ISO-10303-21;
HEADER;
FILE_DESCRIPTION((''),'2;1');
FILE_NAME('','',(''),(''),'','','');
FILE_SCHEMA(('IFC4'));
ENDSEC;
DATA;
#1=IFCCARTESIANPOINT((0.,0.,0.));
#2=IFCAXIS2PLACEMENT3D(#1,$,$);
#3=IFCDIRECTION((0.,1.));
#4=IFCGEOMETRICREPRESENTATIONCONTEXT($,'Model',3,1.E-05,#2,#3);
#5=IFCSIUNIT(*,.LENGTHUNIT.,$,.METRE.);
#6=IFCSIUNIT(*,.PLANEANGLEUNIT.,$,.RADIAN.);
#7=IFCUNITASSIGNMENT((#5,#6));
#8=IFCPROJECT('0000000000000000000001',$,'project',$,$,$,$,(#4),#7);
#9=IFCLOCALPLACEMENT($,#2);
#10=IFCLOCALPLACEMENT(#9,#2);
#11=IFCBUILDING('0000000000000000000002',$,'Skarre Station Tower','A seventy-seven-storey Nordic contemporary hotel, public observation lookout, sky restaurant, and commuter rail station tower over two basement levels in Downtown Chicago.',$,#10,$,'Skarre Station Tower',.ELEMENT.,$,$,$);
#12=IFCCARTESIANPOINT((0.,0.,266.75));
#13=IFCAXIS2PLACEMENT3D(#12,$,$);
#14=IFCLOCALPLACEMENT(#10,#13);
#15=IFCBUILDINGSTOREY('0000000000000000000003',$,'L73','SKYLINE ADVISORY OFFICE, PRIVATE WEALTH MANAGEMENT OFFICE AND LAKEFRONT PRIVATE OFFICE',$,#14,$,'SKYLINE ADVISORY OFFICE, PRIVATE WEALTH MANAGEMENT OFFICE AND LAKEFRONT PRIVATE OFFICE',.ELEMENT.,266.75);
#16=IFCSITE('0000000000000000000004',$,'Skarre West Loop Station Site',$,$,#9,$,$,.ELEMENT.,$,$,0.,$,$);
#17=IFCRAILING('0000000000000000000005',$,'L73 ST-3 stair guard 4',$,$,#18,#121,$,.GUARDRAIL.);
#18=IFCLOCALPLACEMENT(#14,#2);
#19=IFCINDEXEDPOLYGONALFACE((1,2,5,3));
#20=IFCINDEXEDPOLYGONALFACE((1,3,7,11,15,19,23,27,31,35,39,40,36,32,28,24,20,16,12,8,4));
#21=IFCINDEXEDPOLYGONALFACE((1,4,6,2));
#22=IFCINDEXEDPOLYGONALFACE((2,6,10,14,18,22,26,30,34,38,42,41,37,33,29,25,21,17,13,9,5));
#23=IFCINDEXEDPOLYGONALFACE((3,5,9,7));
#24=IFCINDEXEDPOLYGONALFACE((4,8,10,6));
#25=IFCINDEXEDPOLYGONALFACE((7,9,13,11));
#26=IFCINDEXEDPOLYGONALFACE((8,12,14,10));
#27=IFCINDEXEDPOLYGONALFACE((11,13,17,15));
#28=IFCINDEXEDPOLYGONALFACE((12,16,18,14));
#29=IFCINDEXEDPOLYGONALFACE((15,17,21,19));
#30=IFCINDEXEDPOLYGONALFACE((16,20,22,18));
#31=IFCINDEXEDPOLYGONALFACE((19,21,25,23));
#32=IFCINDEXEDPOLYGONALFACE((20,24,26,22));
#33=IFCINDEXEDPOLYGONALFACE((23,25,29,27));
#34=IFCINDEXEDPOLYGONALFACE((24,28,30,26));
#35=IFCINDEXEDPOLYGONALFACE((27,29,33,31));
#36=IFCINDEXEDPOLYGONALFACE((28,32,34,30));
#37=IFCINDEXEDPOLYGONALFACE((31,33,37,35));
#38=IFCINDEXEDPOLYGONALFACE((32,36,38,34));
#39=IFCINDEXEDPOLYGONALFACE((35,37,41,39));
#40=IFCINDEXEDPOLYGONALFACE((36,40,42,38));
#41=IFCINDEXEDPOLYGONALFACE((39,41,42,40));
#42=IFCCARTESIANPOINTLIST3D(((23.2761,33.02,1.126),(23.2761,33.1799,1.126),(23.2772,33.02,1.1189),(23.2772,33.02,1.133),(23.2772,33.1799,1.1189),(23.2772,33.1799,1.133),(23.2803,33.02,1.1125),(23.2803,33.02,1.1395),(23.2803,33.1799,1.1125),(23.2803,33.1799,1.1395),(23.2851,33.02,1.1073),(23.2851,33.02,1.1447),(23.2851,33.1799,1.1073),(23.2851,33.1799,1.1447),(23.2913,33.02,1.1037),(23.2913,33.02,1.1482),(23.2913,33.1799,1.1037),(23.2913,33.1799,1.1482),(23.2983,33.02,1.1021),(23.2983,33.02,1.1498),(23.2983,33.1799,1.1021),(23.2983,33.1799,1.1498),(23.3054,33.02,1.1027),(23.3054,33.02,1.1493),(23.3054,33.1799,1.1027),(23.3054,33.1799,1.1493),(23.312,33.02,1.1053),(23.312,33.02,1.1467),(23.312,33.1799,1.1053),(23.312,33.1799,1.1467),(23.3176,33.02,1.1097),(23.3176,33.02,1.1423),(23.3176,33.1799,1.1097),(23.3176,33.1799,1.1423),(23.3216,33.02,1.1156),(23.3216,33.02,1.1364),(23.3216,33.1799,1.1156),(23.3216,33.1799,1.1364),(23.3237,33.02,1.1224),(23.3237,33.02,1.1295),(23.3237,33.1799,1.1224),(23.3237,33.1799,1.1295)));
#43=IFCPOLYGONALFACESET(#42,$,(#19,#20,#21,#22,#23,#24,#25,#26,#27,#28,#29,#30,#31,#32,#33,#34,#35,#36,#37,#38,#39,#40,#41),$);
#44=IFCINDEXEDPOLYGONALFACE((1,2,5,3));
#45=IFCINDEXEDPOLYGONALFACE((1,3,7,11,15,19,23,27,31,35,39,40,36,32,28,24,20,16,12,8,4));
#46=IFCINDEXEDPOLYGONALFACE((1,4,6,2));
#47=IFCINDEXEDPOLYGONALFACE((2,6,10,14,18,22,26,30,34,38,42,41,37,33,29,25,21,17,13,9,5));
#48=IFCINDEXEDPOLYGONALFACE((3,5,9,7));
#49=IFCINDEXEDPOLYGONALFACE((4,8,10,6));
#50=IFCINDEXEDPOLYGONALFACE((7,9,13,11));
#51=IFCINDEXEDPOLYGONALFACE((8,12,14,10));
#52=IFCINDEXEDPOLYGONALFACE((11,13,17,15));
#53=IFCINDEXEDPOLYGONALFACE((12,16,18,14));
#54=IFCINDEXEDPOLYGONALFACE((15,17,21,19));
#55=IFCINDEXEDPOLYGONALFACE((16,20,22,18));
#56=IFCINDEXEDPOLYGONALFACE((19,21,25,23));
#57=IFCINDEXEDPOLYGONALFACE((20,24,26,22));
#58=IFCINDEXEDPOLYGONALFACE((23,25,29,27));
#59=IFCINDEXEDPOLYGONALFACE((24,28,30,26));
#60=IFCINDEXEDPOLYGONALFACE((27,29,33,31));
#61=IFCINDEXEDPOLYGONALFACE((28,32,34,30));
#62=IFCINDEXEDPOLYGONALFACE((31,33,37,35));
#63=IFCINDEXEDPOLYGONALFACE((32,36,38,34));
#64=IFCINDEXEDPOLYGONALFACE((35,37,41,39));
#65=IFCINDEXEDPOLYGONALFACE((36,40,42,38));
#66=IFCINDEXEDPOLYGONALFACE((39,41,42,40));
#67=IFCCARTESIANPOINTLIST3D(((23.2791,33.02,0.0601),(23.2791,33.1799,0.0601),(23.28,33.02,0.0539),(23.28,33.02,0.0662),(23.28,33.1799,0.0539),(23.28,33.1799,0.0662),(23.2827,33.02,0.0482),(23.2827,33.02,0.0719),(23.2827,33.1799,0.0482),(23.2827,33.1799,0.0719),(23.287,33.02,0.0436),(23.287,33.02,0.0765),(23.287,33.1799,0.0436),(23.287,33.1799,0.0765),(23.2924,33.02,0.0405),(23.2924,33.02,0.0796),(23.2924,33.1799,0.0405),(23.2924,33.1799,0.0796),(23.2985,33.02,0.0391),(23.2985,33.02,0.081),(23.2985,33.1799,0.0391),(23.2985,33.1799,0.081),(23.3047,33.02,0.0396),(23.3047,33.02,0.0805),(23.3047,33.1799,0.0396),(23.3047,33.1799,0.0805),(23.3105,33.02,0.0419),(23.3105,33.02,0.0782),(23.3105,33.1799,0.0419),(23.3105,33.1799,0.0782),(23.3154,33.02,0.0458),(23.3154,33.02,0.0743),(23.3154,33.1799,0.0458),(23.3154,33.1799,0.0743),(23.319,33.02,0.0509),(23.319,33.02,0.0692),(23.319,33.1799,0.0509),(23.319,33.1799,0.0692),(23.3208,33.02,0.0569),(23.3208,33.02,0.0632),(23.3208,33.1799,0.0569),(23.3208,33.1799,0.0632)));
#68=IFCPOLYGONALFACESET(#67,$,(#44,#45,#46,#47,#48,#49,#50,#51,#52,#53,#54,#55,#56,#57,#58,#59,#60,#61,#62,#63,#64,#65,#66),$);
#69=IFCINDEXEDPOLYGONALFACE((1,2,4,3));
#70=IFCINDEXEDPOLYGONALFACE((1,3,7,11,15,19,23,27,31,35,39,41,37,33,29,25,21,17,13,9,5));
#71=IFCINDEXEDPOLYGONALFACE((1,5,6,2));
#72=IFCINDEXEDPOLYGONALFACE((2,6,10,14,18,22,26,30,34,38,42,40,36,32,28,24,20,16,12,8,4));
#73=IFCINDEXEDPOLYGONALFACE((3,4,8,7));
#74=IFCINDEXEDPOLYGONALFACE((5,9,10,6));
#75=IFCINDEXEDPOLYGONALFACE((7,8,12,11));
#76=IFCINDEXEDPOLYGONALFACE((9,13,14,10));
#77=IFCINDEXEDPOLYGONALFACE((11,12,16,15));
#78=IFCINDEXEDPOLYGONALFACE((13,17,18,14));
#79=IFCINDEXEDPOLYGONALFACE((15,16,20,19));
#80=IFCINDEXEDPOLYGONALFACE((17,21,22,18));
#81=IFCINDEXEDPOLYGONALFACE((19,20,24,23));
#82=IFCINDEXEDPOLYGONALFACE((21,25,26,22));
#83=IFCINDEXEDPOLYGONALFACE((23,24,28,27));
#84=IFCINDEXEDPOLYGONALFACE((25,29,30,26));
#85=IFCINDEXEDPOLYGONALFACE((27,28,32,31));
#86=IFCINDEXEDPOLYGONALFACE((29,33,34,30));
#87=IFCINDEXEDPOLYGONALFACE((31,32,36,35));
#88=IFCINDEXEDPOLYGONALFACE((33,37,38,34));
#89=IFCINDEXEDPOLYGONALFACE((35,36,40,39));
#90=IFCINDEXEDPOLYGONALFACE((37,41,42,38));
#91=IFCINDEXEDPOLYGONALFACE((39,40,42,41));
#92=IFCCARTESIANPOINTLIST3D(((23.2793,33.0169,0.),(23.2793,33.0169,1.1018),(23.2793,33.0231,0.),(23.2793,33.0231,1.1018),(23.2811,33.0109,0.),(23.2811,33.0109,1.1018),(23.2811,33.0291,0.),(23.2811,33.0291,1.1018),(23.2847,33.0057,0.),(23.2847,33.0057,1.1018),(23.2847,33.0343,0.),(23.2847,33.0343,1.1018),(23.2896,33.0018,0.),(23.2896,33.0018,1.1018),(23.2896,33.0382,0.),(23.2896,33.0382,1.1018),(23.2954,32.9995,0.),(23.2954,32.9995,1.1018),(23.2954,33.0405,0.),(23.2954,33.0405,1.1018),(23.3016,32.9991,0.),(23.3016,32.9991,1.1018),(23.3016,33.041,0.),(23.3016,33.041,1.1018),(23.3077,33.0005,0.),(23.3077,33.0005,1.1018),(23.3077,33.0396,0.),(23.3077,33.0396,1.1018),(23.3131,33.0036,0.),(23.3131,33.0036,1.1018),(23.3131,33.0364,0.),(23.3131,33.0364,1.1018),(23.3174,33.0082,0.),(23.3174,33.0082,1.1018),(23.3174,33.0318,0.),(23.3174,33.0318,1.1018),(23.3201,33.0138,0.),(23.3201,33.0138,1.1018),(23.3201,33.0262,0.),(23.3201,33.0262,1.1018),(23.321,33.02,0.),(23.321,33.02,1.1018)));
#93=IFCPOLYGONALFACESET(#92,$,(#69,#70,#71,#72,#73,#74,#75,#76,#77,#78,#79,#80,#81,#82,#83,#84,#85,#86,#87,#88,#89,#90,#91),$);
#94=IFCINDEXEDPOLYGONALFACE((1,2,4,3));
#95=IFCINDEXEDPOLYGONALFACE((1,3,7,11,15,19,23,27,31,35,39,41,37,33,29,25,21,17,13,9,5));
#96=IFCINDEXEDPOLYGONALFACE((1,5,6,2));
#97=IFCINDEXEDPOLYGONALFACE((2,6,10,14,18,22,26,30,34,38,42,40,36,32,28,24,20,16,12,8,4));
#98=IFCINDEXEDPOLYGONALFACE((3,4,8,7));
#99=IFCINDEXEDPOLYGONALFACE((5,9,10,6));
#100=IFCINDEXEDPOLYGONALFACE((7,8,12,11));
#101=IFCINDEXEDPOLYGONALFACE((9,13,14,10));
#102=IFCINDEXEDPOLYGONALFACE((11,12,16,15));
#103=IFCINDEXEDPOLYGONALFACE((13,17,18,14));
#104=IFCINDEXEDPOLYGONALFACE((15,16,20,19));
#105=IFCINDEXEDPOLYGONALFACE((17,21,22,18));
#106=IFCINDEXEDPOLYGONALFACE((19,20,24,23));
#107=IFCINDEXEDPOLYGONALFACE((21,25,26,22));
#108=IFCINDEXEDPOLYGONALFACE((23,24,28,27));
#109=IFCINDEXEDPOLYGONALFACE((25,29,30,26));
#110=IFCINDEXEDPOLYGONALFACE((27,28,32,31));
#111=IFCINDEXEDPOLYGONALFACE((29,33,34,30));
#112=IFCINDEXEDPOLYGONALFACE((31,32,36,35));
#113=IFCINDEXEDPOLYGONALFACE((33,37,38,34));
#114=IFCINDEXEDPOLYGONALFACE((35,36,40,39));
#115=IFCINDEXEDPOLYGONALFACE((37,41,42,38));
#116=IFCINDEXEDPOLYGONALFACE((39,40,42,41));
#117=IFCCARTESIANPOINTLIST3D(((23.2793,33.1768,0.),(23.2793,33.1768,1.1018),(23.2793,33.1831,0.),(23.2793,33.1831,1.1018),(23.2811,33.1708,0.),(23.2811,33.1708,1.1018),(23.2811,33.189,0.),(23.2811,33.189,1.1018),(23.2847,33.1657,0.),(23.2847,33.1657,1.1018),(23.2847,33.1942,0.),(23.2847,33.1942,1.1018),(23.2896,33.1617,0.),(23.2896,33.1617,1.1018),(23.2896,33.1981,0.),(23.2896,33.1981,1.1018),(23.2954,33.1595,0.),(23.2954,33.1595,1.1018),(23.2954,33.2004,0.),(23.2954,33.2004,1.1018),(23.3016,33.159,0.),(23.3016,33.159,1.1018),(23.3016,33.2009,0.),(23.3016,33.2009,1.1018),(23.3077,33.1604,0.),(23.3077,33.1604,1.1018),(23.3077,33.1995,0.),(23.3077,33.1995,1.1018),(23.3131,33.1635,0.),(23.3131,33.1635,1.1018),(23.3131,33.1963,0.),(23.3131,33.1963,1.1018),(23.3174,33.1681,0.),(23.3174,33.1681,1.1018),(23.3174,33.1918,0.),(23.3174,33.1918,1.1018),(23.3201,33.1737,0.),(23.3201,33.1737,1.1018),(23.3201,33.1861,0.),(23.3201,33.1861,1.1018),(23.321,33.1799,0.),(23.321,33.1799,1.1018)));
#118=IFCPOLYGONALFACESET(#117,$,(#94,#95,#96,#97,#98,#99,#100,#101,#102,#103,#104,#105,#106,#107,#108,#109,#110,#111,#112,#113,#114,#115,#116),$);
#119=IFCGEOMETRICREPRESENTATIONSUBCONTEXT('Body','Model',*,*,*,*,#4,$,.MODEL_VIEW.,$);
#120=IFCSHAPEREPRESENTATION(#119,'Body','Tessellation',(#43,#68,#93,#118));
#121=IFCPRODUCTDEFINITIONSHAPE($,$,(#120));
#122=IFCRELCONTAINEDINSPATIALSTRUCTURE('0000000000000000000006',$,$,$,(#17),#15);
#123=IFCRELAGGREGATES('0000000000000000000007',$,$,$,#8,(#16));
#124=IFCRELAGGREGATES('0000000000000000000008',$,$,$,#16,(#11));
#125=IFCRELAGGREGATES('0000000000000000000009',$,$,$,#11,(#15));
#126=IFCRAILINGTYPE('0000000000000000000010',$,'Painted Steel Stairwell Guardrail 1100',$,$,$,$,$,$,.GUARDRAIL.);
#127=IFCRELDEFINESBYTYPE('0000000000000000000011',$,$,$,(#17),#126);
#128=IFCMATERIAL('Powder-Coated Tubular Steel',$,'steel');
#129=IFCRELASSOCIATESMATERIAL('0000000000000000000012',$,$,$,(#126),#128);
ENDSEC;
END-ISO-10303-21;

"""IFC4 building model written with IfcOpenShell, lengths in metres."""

from ifc_helpers import new_model, si_unit, direction, frame, origin, origin_2d, place, context, subcontext, project, spatial, circle, extrude, material, type_object, element, save


model = new_model("IFC4")

# Units and contexts
model_context = context("Model", 3, precision=1e-05, world=origin(), true_north=direction((0.0, 1.0)))
body_context = subcontext(model_context, "Body", "Model", "MODEL_VIEW")
ifc_project = project(units=[si_unit("LENGTHUNIT", "METRE"), si_unit("PLANEANGLEUNIT", "RADIAN")], contexts=[model_context])

# Site, building, storey
site_placement = place(None, origin())
site = spatial("IfcSite", under=ifc_project, at=site_placement, Name="Skarre West Loop Station Site", CompositionType="ELEMENT", RefElevation=0.0)
building_placement = place(site_placement, origin())
building = spatial("IfcBuilding", under=site, at=building_placement, Name="Skarre Station Tower", Description="A seventy-seven-storey Nordic contemporary hotel, public observation lookout, sky restaurant, and commuter rail station tower over two basement levels in Downtown Chicago.", LongName="Skarre Station Tower", CompositionType="ELEMENT")
storey_placement = place(building_placement, frame((0.0, 0.0, 266.75)))
storey = spatial("IfcBuildingStorey", under=building, at=storey_placement, Name="L73", Description="SKYLINE ADVISORY OFFICE, PRIVATE WEALTH MANAGEMENT OFFICE AND LAKEFRONT PRIVATE OFFICE", LongName="SKYLINE ADVISORY OFFICE, PRIVATE WEALTH MANAGEMENT OFFICE AND LAKEFRONT PRIVATE OFFICE", CompositionType="ELEMENT", Elevation=266.75)

# Railing
ifc_material_1 = material(Name="Powder-Coated Tubular Steel", Category="steel")
railing_type_1 = type_object("IfcRailingType", Name="Painted Steel Stairwell Guardrail 1100", PredefinedType="GUARDRAIL", material=ifc_material_1)
railing_1_placement = place(storey_placement, frame((23.3, 33.02, 0.0)))
element("IfcRailing", 1, at=railing_1_placement, inside=storey, type_object=railing_type_1, Name="L73 ST-3 stair guard 4", PredefinedType="GUARDRAIL", context=body_context, shape_type="SweptSolid", body=[
    extrude(circle(Radius=0.0239, at=origin_2d()), frame((0.0, 0.0, 1.126), z_axis=(0.0, 1.0, 0.0), x_axis=(-1.0, 0.0, 0.0)), (0.0, 0.0, 1.0), 0.1599),
    extrude(circle(Radius=0.021, at=origin_2d()), frame((0.0, 0.0, 0.0601), z_axis=(0.0, 1.0, 0.0), x_axis=(-1.0, 0.0, 0.0)), (0.0, 0.0, 1.0), 0.1599),
    extrude(circle(Radius=0.021, at=origin_2d()), origin(), (0.0, 0.0, 1.0), 1.1018),
    extrude(circle(Radius=0.021, at=origin_2d()), frame((0.0, 0.1599, 0.0)), (0.0, 0.0, 1.0), 1.1018),
])

save(model, "model.ifc")
